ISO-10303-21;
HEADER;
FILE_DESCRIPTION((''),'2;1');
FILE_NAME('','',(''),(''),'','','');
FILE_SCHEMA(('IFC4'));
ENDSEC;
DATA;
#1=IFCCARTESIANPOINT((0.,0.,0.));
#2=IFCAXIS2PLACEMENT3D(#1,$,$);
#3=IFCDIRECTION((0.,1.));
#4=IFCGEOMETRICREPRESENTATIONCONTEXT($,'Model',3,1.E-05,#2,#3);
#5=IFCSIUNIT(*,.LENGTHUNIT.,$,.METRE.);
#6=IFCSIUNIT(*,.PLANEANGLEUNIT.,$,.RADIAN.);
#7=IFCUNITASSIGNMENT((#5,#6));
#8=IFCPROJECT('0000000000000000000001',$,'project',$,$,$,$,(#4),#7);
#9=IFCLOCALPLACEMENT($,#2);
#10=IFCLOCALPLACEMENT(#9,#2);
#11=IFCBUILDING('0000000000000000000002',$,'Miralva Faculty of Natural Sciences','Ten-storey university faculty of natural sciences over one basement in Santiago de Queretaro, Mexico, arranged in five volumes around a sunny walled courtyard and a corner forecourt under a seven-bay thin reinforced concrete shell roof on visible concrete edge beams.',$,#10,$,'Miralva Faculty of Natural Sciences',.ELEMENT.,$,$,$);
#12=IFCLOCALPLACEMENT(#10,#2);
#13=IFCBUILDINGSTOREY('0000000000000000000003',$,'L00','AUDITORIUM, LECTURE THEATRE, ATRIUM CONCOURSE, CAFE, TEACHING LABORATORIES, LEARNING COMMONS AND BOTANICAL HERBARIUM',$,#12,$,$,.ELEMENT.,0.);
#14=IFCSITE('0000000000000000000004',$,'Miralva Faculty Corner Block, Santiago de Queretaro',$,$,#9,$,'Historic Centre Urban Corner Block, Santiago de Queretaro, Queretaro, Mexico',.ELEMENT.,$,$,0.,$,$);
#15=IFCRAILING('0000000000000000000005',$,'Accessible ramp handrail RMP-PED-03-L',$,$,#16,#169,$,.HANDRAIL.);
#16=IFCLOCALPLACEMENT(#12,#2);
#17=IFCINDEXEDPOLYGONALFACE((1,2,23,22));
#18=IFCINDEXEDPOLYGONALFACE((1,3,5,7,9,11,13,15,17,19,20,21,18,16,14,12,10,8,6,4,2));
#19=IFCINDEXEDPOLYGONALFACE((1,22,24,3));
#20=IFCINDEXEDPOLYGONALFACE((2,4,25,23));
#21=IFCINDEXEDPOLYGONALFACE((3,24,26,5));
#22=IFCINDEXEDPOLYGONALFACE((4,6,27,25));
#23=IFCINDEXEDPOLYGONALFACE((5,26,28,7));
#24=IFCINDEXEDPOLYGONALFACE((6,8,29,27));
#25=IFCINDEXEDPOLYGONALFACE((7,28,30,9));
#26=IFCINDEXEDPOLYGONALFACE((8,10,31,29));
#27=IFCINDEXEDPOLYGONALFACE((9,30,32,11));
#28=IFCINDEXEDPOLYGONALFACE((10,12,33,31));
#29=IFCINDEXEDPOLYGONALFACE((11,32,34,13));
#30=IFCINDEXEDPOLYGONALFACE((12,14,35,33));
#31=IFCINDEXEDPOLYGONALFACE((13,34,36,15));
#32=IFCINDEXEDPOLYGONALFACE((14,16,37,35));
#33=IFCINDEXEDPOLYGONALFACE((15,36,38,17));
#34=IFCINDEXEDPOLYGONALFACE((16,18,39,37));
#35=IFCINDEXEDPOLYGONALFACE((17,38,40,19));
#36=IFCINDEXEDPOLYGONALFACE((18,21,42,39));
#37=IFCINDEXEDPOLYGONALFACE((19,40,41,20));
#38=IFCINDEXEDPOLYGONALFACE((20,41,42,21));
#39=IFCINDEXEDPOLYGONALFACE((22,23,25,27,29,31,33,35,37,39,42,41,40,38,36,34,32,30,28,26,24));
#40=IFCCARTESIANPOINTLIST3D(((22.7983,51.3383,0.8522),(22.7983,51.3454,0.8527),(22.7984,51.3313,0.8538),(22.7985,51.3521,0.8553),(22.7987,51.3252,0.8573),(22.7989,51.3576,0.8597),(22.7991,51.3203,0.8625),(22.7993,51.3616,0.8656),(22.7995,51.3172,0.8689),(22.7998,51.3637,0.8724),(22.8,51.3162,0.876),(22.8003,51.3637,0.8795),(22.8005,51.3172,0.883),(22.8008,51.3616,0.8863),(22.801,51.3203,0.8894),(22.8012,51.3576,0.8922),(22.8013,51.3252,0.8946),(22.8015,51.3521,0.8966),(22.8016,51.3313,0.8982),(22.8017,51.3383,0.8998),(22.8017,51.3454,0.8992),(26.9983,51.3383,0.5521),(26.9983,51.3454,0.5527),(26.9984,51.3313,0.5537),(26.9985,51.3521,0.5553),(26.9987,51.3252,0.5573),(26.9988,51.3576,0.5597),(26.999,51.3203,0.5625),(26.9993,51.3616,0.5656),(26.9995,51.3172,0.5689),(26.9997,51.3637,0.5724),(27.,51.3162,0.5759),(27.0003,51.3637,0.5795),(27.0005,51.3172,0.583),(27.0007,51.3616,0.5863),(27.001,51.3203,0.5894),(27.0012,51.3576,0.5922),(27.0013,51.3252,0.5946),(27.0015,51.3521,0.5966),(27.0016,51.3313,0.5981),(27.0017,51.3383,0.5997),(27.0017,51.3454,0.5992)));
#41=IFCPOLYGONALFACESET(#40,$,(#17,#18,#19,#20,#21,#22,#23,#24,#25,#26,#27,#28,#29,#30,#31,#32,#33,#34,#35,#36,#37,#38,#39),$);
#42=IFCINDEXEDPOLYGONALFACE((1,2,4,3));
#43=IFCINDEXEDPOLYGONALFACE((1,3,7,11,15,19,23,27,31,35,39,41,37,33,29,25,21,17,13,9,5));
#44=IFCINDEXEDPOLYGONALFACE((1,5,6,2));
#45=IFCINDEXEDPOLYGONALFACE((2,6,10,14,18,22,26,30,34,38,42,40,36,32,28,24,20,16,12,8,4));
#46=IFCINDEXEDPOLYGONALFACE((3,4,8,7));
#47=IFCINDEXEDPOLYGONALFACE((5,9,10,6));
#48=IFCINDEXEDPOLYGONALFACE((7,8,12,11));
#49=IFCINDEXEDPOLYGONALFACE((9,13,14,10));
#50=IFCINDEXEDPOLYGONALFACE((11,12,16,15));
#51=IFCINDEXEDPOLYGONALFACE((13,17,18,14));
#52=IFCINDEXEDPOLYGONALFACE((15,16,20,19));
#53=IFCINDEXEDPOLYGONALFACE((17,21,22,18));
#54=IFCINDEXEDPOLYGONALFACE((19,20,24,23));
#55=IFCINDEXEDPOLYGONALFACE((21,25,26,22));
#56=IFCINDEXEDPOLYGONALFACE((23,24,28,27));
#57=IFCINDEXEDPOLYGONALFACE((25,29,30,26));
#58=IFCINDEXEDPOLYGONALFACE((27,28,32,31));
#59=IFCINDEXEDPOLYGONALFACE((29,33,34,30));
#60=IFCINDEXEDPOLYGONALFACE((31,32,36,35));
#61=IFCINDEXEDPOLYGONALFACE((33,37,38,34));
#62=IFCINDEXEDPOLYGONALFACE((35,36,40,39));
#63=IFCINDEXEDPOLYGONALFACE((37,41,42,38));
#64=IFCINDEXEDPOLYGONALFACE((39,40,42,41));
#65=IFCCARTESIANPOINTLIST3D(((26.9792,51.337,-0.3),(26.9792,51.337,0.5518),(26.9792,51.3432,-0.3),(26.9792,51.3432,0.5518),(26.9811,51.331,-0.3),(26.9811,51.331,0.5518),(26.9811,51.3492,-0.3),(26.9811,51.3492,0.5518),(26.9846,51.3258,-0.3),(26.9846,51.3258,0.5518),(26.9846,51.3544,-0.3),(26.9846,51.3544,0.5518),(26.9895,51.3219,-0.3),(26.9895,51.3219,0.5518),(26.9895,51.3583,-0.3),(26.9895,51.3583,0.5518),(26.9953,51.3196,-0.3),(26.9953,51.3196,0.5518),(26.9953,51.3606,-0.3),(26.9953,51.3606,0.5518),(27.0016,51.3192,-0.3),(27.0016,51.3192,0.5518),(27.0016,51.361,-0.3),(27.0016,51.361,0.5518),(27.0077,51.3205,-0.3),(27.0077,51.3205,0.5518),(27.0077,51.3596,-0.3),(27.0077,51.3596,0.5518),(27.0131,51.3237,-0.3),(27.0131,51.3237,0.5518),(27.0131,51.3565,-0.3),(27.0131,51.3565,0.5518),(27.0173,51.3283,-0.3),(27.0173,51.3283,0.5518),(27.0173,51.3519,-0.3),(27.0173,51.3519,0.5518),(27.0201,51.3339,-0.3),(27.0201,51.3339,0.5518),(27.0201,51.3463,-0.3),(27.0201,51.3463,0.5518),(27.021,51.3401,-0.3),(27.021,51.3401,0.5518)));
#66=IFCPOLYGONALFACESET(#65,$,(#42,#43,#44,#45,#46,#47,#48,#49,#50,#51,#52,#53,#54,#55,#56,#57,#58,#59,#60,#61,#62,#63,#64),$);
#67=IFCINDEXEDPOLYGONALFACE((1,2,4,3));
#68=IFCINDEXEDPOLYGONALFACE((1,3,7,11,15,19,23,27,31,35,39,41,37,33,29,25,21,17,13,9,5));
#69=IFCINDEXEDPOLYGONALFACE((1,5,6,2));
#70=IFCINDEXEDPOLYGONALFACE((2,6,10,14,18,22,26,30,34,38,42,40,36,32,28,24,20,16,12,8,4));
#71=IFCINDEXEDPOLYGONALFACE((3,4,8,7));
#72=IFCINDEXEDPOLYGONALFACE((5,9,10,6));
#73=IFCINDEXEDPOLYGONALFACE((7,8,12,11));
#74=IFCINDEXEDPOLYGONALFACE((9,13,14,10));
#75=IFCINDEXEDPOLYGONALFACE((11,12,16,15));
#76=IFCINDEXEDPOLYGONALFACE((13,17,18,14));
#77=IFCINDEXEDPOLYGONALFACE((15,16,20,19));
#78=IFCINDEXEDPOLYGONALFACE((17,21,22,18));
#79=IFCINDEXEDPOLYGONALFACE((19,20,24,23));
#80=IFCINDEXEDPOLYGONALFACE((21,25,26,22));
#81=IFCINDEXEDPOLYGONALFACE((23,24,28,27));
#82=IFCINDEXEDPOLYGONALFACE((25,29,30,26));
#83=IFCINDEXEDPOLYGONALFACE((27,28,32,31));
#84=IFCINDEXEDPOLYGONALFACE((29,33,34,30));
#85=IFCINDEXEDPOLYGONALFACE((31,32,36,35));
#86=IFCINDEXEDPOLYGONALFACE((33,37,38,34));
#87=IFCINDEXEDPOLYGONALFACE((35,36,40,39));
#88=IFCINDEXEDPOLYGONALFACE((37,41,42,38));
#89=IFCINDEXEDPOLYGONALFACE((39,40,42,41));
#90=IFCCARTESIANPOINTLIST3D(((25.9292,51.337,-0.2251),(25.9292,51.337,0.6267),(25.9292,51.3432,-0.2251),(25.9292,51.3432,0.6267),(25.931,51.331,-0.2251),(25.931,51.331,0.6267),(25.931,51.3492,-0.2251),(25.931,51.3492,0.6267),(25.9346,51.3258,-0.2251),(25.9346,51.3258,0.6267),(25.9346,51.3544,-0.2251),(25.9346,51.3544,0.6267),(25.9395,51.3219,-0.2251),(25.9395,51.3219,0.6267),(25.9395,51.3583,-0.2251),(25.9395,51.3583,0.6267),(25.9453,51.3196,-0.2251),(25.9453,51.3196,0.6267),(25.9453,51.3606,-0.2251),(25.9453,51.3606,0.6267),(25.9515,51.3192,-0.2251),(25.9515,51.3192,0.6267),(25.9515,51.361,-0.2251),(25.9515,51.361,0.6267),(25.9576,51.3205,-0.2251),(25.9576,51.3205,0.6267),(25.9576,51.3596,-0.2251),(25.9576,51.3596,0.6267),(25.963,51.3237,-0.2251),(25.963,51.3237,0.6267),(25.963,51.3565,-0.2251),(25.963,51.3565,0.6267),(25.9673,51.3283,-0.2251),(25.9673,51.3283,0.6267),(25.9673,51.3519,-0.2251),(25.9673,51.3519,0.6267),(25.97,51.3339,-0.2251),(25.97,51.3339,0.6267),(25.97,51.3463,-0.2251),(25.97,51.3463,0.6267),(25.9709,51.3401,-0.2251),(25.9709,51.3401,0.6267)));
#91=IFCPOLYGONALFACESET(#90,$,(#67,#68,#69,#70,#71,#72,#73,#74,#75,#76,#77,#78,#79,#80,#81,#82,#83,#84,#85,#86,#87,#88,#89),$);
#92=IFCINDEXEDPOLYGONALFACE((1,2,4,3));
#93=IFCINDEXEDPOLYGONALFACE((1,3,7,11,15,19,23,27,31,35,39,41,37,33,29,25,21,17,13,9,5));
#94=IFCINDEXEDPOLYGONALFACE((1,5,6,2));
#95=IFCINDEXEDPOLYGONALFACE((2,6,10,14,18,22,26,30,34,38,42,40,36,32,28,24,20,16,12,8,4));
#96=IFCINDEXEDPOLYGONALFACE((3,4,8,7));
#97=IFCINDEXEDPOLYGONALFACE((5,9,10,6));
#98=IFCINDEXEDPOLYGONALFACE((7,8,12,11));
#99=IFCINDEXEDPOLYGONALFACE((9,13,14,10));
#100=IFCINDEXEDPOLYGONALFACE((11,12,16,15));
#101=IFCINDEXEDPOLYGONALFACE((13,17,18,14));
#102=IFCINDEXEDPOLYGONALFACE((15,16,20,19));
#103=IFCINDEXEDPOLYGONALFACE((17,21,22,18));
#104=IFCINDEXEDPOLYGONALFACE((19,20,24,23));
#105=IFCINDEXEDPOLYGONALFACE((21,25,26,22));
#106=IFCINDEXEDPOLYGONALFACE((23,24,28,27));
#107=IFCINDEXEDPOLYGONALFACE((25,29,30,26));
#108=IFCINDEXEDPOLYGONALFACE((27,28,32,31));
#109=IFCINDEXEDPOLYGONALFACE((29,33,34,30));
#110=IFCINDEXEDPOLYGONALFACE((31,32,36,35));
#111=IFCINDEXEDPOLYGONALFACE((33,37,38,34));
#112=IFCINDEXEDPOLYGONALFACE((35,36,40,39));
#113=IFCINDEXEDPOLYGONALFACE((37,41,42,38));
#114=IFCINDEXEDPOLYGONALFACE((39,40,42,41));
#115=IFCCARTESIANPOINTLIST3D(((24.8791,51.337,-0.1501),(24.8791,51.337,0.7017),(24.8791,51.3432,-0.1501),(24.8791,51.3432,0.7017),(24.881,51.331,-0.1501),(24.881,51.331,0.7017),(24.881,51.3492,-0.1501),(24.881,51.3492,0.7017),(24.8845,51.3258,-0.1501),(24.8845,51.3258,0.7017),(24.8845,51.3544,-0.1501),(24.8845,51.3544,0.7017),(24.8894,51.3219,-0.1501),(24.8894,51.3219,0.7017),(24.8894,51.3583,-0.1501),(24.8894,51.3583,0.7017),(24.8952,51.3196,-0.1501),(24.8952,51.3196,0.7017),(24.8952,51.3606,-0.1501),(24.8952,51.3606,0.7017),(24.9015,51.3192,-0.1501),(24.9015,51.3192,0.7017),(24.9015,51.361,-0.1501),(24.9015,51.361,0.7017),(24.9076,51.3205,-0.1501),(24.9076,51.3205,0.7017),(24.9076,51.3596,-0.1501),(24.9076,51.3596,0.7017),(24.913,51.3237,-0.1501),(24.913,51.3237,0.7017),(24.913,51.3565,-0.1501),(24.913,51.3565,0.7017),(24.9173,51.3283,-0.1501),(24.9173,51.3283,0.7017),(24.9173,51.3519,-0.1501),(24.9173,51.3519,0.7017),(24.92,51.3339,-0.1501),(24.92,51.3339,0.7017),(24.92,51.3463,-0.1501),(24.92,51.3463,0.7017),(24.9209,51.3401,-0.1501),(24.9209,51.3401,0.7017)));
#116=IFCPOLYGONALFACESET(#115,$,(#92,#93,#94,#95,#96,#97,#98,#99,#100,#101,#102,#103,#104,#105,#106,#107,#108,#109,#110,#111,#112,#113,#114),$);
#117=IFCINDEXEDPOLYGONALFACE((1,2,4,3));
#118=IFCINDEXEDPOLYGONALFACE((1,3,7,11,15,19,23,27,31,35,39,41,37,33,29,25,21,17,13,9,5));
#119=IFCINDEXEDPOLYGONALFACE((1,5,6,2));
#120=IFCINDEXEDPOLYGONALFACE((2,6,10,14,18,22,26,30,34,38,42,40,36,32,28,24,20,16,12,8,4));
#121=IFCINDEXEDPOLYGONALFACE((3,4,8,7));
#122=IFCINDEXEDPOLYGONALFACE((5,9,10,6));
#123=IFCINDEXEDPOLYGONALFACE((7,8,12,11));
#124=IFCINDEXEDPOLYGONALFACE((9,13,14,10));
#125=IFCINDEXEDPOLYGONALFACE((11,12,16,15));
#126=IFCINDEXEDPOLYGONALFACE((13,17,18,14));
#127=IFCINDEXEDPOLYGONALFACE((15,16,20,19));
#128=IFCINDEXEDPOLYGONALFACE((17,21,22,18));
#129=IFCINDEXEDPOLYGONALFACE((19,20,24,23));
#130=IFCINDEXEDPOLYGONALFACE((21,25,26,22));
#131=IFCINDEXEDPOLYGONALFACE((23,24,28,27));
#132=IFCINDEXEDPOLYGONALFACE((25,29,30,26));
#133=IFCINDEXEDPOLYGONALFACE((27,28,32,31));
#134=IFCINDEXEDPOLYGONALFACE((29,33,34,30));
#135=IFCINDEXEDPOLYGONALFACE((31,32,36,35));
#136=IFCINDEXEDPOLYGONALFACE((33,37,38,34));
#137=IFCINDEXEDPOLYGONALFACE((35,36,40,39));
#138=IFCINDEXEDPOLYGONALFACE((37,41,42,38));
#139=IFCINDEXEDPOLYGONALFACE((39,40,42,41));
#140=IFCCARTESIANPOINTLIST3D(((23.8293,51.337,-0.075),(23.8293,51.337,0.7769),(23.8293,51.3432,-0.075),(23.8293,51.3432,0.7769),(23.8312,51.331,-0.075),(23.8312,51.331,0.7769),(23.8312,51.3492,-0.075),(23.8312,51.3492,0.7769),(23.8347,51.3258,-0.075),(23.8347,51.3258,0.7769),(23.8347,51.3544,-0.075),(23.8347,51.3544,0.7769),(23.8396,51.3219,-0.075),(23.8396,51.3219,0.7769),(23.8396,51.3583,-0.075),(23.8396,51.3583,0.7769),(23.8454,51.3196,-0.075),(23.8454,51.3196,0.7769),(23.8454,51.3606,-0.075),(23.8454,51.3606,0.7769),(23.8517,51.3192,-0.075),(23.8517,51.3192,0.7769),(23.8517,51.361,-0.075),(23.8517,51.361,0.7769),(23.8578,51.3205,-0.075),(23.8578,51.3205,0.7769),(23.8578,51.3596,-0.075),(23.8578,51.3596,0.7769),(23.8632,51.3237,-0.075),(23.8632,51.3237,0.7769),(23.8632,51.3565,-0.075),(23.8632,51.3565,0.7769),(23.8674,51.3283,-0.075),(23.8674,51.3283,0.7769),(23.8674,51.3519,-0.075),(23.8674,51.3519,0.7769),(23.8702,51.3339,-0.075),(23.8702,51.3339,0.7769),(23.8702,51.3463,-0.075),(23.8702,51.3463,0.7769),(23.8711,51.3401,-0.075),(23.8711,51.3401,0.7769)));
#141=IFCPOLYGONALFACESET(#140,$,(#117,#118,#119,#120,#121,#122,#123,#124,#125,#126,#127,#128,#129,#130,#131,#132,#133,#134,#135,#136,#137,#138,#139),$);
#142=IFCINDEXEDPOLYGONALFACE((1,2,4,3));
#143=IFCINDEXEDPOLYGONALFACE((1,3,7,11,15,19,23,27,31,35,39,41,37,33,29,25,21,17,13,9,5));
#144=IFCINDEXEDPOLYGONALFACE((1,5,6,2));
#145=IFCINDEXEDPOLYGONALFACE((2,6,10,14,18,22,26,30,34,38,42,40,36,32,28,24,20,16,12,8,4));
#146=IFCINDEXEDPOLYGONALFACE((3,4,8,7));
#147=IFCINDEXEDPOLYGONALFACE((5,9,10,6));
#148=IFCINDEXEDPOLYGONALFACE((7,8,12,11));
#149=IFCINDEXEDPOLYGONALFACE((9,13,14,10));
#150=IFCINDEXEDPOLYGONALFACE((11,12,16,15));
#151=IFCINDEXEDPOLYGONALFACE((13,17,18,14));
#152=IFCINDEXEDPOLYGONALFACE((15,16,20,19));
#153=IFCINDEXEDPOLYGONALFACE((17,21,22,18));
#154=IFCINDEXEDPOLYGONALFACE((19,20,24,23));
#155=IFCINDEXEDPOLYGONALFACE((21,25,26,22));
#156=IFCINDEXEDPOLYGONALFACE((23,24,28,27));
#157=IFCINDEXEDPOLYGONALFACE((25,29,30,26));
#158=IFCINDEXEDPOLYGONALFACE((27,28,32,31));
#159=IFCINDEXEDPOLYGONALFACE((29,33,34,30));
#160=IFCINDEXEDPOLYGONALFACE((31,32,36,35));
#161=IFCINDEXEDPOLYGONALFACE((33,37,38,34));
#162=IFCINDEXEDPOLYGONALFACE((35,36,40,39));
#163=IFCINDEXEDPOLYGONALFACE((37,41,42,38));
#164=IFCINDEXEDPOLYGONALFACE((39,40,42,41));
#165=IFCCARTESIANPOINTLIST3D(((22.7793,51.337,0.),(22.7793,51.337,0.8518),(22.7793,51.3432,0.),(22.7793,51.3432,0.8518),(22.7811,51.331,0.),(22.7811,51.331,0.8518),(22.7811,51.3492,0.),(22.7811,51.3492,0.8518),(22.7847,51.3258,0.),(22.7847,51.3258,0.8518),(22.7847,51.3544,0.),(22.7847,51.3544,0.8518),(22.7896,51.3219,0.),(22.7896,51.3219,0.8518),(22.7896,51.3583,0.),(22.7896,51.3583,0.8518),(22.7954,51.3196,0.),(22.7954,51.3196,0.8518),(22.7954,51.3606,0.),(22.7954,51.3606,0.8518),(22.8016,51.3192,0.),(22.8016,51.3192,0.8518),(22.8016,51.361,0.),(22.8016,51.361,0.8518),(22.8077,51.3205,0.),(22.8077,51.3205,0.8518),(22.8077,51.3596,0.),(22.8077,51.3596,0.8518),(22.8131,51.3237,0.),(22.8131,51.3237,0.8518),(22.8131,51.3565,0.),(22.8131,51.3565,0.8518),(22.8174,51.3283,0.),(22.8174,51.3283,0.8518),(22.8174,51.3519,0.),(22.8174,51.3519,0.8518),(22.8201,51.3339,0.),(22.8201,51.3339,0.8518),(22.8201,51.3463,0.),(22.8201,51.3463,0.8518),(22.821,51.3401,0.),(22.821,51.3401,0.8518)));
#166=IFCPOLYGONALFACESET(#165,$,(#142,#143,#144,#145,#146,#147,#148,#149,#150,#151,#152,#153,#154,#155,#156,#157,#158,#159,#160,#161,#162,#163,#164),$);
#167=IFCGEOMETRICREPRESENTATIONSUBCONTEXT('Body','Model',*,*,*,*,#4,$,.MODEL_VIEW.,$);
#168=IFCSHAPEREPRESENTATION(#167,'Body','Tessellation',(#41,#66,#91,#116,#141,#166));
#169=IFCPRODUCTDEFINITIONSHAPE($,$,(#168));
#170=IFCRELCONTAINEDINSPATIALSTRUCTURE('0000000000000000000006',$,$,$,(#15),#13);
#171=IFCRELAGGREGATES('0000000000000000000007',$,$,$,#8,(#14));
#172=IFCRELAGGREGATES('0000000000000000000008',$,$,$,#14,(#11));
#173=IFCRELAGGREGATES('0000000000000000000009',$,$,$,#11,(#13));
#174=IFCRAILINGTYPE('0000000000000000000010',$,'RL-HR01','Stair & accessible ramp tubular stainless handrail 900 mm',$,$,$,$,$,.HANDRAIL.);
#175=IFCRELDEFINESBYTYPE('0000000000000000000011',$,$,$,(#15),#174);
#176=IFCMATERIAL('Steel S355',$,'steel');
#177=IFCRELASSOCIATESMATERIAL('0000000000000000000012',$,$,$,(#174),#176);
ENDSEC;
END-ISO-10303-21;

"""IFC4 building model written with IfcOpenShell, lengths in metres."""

from ifc_helpers import new_model, si_unit, direction, frame, origin, origin_2d, place, context, subcontext, project, spatial, circle, extrude, material, type_object, element, save


model = new_model("IFC4")

# Units and contexts
model_context = context("Model", 3, precision=1e-05, world=origin(), true_north=direction((0.0, 1.0)))
body_context = subcontext(model_context, "Body", "Model", "MODEL_VIEW")
ifc_project = project(units=[si_unit("LENGTHUNIT", "METRE"), si_unit("PLANEANGLEUNIT", "RADIAN")], contexts=[model_context])

# Site, building, storey
site_placement = place(None, origin())
site = spatial("IfcSite", under=ifc_project, at=site_placement, Name="Miralva Faculty Corner Block, Santiago de Queretaro", LongName="Historic Centre Urban Corner Block, Santiago de Queretaro, Queretaro, Mexico", CompositionType="ELEMENT", RefElevation=0.0)
building_placement = place(site_placement, origin())
building = spatial("IfcBuilding", under=site, at=building_placement, Name="Miralva Faculty of Natural Sciences", Description="Ten-storey university faculty of natural sciences over one basement in Santiago de Queretaro, Mexico, arranged in five volumes around a sunny walled courtyard and a corner forecourt under a seven-bay thin reinforced concrete shell roof on visible concrete edge beams.", LongName="Miralva Faculty of Natural Sciences", CompositionType="ELEMENT")
storey_placement = place(building_placement, origin())
storey = spatial("IfcBuildingStorey", under=building, at=storey_placement, Name="L00", Description="AUDITORIUM, LECTURE THEATRE, ATRIUM CONCOURSE, CAFE, TEACHING LABORATORIES, LEARNING COMMONS AND BOTANICAL HERBARIUM", CompositionType="ELEMENT", Elevation=0.0)

# Railing
ifc_material_1 = material(Name="Steel S355", Category="steel")
railing_type = type_object("IfcRailingType", Name="RL-HR01", Description="Stair & accessible ramp tubular stainless handrail 900 mm", PredefinedType="HANDRAIL", material=ifc_material_1)
for number, where, name in (
    (1, (27.0, 51.3401, -0.3), "Accessible ramp handrail RMP-PED-03-L"),
):
    element("IfcRailing", number, at=place(storey_placement, frame(where)), inside=storey, type_object=railing_type, Name=name, PredefinedType="HANDRAIL", context=body_context, shape_type="SweptSolid", body=[
        extrude(circle(Radius=0.0239, at=origin_2d()), frame((0.0, 0.0, 0.876), z_axis=(-0.997458, 0.0, 0.071259), x_axis=(0.0, -1.0, 0.0)), (0.0, 0.0, 1.0), 4.2107),
        extrude(circle(Radius=0.021, at=origin_2d()), origin(), (0.0, 0.0, 1.0), 0.8518),
        extrude(circle(Radius=0.021, at=origin_2d()), frame((-1.05, 0.0, 0.075)), (0.0, 0.0, 1.0), 0.8518),
        extrude(circle(Radius=0.021, at=origin_2d()), frame((-2.1001, 0.0, 0.1499)), (0.0, 0.0, 1.0), 0.8518),
        extrude(circle(Radius=0.021, at=origin_2d()), frame((-3.1499, 0.0, 0.2251)), (0.0, 0.0, 1.0), 0.8518),
        extrude(circle(Radius=0.021, at=origin_2d()), frame((-4.2, 0.0, 0.3)), (0.0, 0.0, 1.0), 0.8518),
    ])

save(model, "model.ifc")
